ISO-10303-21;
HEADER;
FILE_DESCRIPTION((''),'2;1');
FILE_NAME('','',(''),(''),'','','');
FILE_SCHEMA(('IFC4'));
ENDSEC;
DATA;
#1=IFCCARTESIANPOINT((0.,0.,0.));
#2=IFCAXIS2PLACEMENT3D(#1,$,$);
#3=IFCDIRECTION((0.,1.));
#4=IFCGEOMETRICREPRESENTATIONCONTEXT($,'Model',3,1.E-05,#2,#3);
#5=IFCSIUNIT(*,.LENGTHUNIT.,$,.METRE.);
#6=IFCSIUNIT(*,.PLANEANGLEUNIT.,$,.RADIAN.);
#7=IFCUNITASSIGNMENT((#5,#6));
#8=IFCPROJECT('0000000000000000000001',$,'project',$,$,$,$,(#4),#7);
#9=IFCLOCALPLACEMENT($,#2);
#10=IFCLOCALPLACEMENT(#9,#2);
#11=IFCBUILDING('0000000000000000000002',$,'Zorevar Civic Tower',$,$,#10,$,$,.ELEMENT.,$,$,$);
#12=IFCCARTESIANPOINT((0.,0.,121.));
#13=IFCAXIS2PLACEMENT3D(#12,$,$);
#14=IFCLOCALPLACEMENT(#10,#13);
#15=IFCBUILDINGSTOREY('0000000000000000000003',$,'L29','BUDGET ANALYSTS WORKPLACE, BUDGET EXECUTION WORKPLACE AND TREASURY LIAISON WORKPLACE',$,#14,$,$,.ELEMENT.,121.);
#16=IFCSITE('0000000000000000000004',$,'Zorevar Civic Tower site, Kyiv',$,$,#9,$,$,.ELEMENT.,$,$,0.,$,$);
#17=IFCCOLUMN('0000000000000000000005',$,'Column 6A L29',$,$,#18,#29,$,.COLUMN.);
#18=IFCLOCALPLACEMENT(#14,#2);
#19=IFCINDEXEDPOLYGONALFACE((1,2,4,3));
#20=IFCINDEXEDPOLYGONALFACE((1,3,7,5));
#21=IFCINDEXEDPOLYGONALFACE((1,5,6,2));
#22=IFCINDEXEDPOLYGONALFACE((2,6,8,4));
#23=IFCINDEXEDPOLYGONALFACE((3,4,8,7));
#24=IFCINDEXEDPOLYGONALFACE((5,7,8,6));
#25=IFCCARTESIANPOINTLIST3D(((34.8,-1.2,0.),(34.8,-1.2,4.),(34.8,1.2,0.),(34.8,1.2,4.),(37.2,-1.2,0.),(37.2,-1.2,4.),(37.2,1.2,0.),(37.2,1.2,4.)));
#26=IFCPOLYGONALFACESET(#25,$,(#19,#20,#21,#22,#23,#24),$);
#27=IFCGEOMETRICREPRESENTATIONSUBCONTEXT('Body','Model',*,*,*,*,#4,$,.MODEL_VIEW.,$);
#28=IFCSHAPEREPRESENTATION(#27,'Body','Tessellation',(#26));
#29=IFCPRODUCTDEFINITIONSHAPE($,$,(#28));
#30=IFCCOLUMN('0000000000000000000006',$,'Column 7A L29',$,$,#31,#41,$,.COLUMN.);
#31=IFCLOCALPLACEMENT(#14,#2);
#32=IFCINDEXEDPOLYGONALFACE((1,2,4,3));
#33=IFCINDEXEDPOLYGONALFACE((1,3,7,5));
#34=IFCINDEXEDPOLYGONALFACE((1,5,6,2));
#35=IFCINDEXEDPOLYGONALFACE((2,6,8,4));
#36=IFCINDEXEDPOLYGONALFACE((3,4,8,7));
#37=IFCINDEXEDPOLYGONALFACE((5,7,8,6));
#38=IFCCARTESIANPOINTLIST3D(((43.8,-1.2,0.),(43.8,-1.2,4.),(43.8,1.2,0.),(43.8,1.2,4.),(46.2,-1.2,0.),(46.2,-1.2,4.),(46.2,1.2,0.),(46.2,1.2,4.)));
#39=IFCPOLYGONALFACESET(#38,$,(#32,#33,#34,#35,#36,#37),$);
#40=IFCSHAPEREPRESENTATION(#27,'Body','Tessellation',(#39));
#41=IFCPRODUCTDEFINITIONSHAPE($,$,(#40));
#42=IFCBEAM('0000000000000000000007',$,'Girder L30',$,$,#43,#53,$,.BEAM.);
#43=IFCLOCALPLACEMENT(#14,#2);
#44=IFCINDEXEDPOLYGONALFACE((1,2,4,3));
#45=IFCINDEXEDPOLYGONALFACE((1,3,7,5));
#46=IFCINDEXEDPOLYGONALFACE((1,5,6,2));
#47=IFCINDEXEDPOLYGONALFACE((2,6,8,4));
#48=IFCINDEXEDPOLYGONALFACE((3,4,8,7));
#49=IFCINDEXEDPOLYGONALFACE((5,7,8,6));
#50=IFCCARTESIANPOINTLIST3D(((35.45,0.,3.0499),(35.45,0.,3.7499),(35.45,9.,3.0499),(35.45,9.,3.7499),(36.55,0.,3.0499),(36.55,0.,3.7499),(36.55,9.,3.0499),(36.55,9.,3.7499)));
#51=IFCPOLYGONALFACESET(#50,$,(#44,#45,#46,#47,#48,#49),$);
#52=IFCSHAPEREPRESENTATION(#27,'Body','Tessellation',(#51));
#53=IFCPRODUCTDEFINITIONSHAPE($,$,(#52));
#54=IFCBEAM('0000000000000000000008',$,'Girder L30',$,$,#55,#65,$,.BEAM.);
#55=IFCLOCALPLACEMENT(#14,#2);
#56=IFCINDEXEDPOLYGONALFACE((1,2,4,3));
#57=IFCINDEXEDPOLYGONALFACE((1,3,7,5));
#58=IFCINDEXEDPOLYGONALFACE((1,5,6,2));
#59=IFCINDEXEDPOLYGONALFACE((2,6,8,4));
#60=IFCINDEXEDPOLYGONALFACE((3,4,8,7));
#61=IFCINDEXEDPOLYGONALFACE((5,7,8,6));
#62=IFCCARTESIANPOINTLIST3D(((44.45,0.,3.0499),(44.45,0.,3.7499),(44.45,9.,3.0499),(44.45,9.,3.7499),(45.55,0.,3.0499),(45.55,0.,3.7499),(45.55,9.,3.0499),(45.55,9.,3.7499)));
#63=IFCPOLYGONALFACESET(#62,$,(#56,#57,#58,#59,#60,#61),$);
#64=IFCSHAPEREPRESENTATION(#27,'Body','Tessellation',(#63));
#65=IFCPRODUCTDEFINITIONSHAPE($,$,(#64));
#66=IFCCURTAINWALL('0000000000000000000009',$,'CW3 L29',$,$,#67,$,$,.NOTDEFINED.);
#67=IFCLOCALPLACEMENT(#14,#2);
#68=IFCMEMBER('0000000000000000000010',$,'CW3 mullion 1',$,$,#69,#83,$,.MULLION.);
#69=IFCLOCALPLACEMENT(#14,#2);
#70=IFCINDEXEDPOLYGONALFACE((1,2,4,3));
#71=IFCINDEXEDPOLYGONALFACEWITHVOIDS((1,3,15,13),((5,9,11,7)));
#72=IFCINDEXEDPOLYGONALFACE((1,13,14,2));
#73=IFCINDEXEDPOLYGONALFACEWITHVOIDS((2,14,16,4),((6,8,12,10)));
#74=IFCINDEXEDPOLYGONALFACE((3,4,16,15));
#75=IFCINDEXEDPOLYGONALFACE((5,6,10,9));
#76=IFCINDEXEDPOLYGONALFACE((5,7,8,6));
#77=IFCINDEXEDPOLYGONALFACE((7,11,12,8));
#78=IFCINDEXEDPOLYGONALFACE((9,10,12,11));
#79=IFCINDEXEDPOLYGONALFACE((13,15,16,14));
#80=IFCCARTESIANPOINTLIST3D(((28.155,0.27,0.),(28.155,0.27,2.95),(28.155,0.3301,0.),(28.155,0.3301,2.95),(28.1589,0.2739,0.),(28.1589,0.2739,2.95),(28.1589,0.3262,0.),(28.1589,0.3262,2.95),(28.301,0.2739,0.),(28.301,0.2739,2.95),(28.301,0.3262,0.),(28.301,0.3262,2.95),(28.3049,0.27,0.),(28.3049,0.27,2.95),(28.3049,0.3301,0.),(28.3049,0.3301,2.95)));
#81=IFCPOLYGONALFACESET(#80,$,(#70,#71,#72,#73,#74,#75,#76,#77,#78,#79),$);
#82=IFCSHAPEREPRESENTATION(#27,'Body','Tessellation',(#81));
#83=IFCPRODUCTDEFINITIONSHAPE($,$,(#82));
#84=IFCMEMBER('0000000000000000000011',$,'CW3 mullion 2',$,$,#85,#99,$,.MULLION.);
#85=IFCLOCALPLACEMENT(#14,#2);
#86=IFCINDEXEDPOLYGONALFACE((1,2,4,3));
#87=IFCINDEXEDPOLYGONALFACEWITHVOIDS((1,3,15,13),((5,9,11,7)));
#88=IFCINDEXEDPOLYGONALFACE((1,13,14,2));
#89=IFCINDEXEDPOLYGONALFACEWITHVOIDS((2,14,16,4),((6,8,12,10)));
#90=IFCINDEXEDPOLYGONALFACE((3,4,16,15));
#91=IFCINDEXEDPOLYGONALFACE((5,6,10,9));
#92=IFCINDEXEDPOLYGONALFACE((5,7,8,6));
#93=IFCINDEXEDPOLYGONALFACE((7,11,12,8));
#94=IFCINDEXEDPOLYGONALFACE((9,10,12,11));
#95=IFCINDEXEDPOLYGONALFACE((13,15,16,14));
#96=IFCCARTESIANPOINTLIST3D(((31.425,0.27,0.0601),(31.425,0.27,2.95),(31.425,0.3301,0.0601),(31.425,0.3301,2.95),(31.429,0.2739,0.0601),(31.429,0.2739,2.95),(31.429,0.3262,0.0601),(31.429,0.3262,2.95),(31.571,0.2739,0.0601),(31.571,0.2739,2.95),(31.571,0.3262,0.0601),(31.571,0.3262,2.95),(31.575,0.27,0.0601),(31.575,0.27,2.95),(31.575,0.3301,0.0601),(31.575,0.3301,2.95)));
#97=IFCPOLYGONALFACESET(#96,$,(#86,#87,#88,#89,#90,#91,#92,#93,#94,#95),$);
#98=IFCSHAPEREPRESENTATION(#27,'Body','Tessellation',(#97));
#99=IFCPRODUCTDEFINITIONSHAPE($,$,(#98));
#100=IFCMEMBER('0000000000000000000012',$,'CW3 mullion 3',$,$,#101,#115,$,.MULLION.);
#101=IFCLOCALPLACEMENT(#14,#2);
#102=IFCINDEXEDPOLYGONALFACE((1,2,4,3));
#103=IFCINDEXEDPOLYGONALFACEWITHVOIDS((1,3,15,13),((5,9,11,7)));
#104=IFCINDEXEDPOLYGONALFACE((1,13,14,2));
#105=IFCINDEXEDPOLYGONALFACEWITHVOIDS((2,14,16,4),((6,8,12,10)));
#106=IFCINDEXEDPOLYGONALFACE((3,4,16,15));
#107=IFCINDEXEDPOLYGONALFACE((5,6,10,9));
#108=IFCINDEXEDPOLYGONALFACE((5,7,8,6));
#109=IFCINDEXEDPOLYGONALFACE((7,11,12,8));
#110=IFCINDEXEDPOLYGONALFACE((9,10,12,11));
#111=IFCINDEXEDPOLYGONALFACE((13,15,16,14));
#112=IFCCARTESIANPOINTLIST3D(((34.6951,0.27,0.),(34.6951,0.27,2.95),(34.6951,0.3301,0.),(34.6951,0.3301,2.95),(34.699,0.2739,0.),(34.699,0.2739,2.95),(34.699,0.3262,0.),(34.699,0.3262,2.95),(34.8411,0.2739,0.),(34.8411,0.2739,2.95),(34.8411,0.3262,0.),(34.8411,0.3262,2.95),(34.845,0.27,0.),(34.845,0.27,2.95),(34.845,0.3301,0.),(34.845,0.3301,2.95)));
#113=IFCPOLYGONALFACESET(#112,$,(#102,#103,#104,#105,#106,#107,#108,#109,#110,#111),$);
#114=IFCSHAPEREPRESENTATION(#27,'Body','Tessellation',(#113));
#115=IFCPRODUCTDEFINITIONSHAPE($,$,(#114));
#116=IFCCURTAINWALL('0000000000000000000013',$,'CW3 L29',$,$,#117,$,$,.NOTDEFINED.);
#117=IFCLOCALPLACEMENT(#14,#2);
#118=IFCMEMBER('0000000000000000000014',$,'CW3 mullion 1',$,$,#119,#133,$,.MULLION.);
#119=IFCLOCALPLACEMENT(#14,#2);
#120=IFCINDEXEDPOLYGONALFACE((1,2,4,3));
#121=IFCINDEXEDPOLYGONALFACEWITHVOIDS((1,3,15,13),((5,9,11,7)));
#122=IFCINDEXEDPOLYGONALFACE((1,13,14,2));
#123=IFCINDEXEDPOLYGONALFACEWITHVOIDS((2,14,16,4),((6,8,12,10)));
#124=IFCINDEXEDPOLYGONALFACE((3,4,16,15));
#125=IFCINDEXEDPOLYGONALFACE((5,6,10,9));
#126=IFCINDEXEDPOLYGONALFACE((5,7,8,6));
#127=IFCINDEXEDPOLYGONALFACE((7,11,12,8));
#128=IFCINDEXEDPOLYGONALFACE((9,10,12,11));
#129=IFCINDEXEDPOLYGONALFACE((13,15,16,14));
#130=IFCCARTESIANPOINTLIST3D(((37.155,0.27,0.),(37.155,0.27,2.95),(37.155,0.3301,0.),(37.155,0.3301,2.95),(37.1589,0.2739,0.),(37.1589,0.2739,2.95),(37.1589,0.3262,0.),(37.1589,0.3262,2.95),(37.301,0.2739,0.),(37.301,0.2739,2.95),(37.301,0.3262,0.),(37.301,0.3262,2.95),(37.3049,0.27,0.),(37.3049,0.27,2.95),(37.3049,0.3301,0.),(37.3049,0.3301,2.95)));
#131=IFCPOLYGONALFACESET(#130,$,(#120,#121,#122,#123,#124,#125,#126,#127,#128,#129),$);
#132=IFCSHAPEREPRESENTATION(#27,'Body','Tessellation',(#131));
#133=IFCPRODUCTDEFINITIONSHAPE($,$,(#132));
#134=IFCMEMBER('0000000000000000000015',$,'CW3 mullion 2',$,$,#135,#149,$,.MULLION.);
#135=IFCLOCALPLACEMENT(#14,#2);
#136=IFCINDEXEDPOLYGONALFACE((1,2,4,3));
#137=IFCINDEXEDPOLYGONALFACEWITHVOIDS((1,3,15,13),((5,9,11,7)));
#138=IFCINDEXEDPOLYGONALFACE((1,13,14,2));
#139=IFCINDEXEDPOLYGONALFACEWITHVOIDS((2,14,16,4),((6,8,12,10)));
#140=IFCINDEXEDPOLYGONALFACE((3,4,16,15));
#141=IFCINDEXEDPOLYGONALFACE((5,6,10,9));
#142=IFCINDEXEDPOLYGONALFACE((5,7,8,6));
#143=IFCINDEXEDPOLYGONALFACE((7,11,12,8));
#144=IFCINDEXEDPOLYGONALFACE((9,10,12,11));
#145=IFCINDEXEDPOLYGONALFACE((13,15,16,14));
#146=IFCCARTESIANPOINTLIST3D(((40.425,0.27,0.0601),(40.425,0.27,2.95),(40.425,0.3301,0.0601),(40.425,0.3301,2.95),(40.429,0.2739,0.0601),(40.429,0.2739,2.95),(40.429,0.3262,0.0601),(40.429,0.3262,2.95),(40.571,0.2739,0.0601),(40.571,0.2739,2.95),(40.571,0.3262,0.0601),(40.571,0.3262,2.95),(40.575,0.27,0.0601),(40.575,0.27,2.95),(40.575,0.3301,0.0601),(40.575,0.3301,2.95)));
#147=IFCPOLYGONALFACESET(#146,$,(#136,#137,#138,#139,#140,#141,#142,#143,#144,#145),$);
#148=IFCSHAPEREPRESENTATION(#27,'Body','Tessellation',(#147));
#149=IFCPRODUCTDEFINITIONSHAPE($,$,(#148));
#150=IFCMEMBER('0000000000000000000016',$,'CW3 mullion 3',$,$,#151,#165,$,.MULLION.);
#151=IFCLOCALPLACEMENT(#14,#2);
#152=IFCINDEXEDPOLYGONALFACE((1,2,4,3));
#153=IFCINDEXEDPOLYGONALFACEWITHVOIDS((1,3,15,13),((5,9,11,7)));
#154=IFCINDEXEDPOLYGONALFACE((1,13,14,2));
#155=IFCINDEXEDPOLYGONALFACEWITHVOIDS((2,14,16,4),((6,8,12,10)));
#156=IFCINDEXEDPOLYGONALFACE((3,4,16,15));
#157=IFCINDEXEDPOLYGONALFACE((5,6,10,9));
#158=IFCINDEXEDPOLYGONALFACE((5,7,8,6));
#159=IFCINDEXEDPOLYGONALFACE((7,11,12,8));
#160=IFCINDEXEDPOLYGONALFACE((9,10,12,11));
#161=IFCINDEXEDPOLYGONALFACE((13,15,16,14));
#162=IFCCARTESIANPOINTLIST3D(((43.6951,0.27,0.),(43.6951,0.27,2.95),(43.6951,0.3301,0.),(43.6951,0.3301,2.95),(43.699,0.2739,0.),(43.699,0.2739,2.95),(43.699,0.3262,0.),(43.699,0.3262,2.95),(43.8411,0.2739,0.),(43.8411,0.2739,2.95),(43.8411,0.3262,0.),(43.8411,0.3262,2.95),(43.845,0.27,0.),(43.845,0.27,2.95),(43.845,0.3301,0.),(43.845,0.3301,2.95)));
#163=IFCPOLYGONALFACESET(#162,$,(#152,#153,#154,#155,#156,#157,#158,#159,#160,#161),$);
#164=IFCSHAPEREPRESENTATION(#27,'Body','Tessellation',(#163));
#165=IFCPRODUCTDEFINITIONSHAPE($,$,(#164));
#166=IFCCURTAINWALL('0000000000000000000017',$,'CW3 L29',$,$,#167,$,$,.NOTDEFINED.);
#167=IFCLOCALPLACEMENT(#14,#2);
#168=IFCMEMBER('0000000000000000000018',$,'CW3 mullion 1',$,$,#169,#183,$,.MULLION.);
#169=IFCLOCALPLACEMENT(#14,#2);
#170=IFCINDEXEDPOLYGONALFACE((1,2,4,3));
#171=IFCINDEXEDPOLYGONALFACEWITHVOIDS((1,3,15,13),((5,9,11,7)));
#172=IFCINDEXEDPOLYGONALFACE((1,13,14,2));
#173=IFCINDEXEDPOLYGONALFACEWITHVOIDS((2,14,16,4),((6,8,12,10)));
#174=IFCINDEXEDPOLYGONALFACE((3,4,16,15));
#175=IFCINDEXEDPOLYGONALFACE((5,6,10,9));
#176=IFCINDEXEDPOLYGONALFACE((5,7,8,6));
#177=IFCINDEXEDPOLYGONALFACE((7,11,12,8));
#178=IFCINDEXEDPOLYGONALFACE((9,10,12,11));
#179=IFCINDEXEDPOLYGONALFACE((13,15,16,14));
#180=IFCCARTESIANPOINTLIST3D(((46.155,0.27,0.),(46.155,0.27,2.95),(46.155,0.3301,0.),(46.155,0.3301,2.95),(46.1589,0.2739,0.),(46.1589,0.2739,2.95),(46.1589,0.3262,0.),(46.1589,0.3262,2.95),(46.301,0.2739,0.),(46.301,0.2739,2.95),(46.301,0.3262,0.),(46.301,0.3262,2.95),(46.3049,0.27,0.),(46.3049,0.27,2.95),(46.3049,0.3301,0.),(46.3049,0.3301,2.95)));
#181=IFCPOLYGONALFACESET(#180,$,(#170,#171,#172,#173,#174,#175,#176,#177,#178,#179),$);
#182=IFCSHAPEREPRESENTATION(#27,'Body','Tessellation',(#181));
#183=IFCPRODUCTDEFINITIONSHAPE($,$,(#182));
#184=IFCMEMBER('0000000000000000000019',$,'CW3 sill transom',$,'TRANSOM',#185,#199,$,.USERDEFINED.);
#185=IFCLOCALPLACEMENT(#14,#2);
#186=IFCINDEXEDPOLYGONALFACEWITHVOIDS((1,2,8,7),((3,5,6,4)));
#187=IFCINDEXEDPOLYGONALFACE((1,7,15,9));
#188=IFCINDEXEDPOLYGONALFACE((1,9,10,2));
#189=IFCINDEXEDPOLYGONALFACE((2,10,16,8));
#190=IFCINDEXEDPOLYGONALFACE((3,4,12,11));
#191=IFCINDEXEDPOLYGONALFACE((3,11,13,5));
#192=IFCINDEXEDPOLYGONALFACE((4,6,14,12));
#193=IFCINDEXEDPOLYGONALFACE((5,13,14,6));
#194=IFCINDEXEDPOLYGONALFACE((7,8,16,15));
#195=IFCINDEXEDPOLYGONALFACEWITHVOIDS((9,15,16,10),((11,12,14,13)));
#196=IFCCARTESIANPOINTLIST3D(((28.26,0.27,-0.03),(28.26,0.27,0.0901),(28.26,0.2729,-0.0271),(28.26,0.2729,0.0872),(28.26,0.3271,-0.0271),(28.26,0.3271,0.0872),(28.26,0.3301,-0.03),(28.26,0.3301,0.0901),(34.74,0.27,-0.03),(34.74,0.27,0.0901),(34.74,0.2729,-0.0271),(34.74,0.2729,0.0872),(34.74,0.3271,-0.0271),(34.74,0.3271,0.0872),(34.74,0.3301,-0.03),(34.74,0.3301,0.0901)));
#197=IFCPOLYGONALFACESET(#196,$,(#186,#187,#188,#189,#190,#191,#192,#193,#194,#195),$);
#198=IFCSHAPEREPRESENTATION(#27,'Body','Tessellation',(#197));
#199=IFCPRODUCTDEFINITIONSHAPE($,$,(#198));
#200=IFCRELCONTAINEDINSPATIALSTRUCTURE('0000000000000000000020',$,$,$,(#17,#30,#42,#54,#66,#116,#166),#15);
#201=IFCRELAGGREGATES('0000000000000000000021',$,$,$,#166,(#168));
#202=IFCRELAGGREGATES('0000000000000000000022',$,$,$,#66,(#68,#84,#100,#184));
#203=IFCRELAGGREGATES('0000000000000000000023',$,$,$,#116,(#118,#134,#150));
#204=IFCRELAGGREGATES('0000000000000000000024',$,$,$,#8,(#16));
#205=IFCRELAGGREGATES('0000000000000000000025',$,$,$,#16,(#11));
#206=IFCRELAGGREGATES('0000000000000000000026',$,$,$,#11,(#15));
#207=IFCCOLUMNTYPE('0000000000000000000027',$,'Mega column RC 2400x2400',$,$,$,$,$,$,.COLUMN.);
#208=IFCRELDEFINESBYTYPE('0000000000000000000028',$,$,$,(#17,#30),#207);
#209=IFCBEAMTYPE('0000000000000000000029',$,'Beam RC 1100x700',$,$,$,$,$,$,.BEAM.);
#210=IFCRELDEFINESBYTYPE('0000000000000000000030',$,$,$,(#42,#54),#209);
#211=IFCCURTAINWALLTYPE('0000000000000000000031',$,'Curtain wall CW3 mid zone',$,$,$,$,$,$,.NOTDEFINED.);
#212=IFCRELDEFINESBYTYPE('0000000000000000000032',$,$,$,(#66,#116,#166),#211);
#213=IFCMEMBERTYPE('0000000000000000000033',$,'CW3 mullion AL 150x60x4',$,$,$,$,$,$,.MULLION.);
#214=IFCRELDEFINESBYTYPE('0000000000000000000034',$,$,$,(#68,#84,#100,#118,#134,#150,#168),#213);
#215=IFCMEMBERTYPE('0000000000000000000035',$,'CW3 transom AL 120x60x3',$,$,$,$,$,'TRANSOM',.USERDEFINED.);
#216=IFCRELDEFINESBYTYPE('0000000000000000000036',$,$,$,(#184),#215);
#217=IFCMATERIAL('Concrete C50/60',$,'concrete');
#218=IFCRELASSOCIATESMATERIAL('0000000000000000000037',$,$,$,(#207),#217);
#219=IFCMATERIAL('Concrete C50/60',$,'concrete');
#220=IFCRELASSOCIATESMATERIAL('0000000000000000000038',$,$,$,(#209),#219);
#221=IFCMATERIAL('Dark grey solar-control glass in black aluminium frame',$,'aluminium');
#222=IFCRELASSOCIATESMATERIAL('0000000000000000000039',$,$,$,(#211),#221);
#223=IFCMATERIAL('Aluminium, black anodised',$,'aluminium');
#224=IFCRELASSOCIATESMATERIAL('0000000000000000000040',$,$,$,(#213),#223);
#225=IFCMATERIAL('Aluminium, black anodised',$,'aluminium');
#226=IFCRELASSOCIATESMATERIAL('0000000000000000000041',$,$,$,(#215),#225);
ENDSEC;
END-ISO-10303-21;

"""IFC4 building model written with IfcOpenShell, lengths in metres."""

from ifc_helpers import new_model, si_unit, direction, frame, origin, origin_2d, place, context, subcontext, project, spatial, rectangle, hollow_rectangle, extrude, material, material_profile, profile_set, type_object, element, aggregate, save


model = new_model("IFC4")

# Units and contexts
model_context = context("Model", 3, precision=1e-05, world=origin(), true_north=direction((0.0, 1.0)))
body_context = subcontext(model_context, "Body", "Model", "MODEL_VIEW")
ifc_project = project(units=[si_unit("LENGTHUNIT", "METRE"), si_unit("PLANEANGLEUNIT", "RADIAN")], contexts=[model_context])

# Site, building, storey
site_placement = place(None, origin())
site = spatial("IfcSite", under=ifc_project, at=site_placement, Name="Zorevar Civic Tower site, Kyiv", CompositionType="ELEMENT", RefElevation=0.0)
building_placement = place(site_placement, origin())
building = spatial("IfcBuilding", under=site, at=building_placement, Name="Zorevar Civic Tower", CompositionType="ELEMENT")
storey_placement = place(building_placement, frame((0.0, 0.0, 121.0)))
storey = spatial("IfcBuildingStorey", under=building, at=storey_placement, Name="L29", Description="BUDGET ANALYSTS WORKPLACE, BUDGET EXECUTION WORKPLACE AND TREASURY LIAISON WORKPLACE", CompositionType="ELEMENT", Elevation=121.0)

# Columns
ifc_material_1 = material(Name="Concrete C50/60", Category="concrete")
ifc_material_profile_1 = material_profile(ifc_material_1, rectangle(XDim=2.3999, YDim=2.3999, at=origin_2d()), Name="RC 2400x2400")
ifc_profile_set_1 = profile_set([ifc_material_profile_1], Name="Concrete C50/60")
column_type = type_object("IfcColumnType", Name="Mega column RC 2400x2400", PredefinedType="COLUMN", material=ifc_profile_set_1)
for number, where, z_axis, x_axis, name in (
    (1, (36.0, 0.0, 0.0), (0.0, 0.0, 1.0), (1.0, 0.0, 0.0), "Column 6A L29"),
    (2, (45.0, 0.0, 0.0), (0.0, 0.0, 1.0), (1.0, 0.0, 0.0), "Column 7A L29"),
):
    element("IfcColumn", number, at=place(storey_placement, frame(where, z_axis=z_axis, x_axis=x_axis)), inside=storey, type_object=column_type, Name=name, PredefinedType="COLUMN", context=body_context, shape_type="SweptSolid", body=[
        extrude(rectangle(XDim=2.3999, YDim=2.3999, at=origin_2d()), origin(), (0.0, 0.0, 1.0), 4.0),
    ])

# Beams
ifc_material_2 = material(Name="Concrete C50/60", Category="concrete")
ifc_material_profile_2 = material_profile(ifc_material_2, rectangle(XDim=1.1001, YDim=0.7, at=origin_2d()), Name="RC 1100x700")
ifc_profile_set_2 = profile_set([ifc_material_profile_2], Name="Concrete C50/60")
beam_type_1 = type_object("IfcBeamType", Name="Beam RC 1100x700", PredefinedType="BEAM", material=ifc_profile_set_2)
for number, where, z_axis, x_axis, name in (
    (3, (36.0, 0.0, 3.3999), (0.0, 1.0, 0.0), (-1.0, 0.0, 0.0), "Girder L30"),
    (4, (45.0, 0.0, 3.3999), (0.0, 1.0, 0.0), (-1.0, 0.0, 0.0), "Girder L30"),
):
    element("IfcBeam", number, at=place(storey_placement, frame(where, z_axis=z_axis, x_axis=x_axis)), inside=storey, type_object=beam_type_1, Name=name, PredefinedType="BEAM", context=body_context, shape_type="SweptSolid", body=[
        extrude(rectangle(XDim=1.1001, YDim=0.7, at=origin_2d()), origin(), (0.0, 0.0, 1.0), 9.0),
    ])

# Curtain walls, members
ifc_material_3 = material(Name="Dark grey solar-control glass in black aluminium frame", Category="aluminium")
curtain_wall_type = type_object("IfcCurtainWallType", Name="Curtain wall CW3 mid zone", PredefinedType="NOTDEFINED", material=ifc_material_3)
curtain_wall_1_placement = place(storey_placement, origin())
curtain_wall_1 = element("IfcCurtainWall", 5, at=curtain_wall_1_placement, inside=storey, type_object=curtain_wall_type, Name="CW3 L29", PredefinedType="NOTDEFINED")
ifc_material_4 = material(Name="Aluminium, black anodised", Category="aluminium")
ifc_material_profile_3 = material_profile(ifc_material_4, hollow_rectangle(XDim=0.0601, YDim=0.1499, WallThickness=0.0039, at=origin_2d()), Name="AL 150x60x4")
ifc_profile_set_3 = profile_set([ifc_material_profile_3], Name="Aluminium, black anodised")
member_type_1 = type_object("IfcMemberType", Name="CW3 mullion AL 150x60x4", PredefinedType="MULLION", material=ifc_profile_set_3)
member_1_placement = place(storey_placement, frame((28.23, 0.3, 0.0), z_axis=(0.0, 0.0, 1.0), x_axis=(0.0, 1.0, 0.0)))
member_1 = element("IfcMember", 6, at=member_1_placement, type_object=member_type_1, Name="CW3 mullion 1", PredefinedType="MULLION", context=body_context, shape_type="SweptSolid", body=[
    extrude(hollow_rectangle(XDim=0.0601, YDim=0.1499, WallThickness=0.0039, at=origin_2d()), origin(), (0.0, 0.0, 1.0), 2.95),
])
member_2_placement = place(storey_placement, frame((31.5, 0.3, 0.0601), z_axis=(0.0, 0.0, 1.0), x_axis=(0.0, 1.0, 0.0)))
member_2 = element("IfcMember", 7, at=member_2_placement, type_object=member_type_1, Name="CW3 mullion 2", PredefinedType="MULLION", context=body_context, shape_type="SweptSolid", body=[
    extrude(hollow_rectangle(XDim=0.0601, YDim=0.1499, WallThickness=0.0039, at=origin_2d()), origin(), (0.0, 0.0, 1.0), 2.8899),
])
member_3_placement = place(storey_placement, frame((34.77, 0.3, 0.0), z_axis=(0.0, 0.0, 1.0), x_axis=(0.0, 1.0, 0.0)))
member_3 = element("IfcMember", 8, at=member_3_placement, type_object=member_type_1, Name="CW3 mullion 3", PredefinedType="MULLION", context=body_context, shape_type="SweptSolid", body=[
    extrude(hollow_rectangle(XDim=0.0601, YDim=0.1499, WallThickness=0.0039, at=origin_2d()), origin(), (0.0, 0.0, 1.0), 2.95),
])
curtain_wall_2_placement = place(storey_placement, origin())
curtain_wall_2 = element("IfcCurtainWall", 9, at=curtain_wall_2_placement, inside=storey, type_object=curtain_wall_type, Name="CW3 L29", PredefinedType="NOTDEFINED")
member_4_placement = place(storey_placement, frame((37.23, 0.3, 0.0), z_axis=(0.0, 0.0, 1.0), x_axis=(0.0, 1.0, 0.0)))
member_4 = element("IfcMember", 10, at=member_4_placement, type_object=member_type_1, Name="CW3 mullion 1", PredefinedType="MULLION", context=body_context, shape_type="SweptSolid", body=[
    extrude(hollow_rectangle(XDim=0.0601, YDim=0.1499, WallThickness=0.0039, at=origin_2d()), origin(), (0.0, 0.0, 1.0), 2.95),
])
member_5_placement = place(storey_placement, frame((40.5, 0.3, 0.0601), z_axis=(0.0, 0.0, 1.0), x_axis=(0.0, 1.0, 0.0)))
member_5 = element("IfcMember", 11, at=member_5_placement, type_object=member_type_1, Name="CW3 mullion 2", PredefinedType="MULLION", context=body_context, shape_type="SweptSolid", body=[
    extrude(hollow_rectangle(XDim=0.0601, YDim=0.1499, WallThickness=0.0039, at=origin_2d()), origin(), (0.0, 0.0, 1.0), 2.8899),
])
member_6_placement = place(storey_placement, frame((43.77, 0.3, 0.0), z_axis=(0.0, 0.0, 1.0), x_axis=(0.0, 1.0, 0.0)))
member_6 = element("IfcMember", 12, at=member_6_placement, type_object=member_type_1, Name="CW3 mullion 3", PredefinedType="MULLION", context=body_context, shape_type="SweptSolid", body=[
    extrude(hollow_rectangle(XDim=0.0601, YDim=0.1499, WallThickness=0.0039, at=origin_2d()), origin(), (0.0, 0.0, 1.0), 2.95),
])

# Curtain wall, member
curtain_wall_3_placement = place(storey_placement, origin())
curtain_wall_3 = element("IfcCurtainWall", 13, at=curtain_wall_3_placement, inside=storey, type_object=curtain_wall_type, Name="CW3 L29", PredefinedType="NOTDEFINED")
member_7_placement = place(storey_placement, frame((46.23, 0.3, 0.0), z_axis=(0.0, 0.0, 1.0), x_axis=(0.0, 1.0, 0.0)))
member_7 = element("IfcMember", 14, at=member_7_placement, type_object=member_type_1, Name="CW3 mullion 1", PredefinedType="MULLION", context=body_context, shape_type="SweptSolid", body=[
    extrude(hollow_rectangle(XDim=0.0601, YDim=0.1499, WallThickness=0.0039, at=origin_2d()), origin(), (0.0, 0.0, 1.0), 2.95),
])

# Member
ifc_material_5 = material(Name="Aluminium, black anodised", Category="aluminium")
ifc_material_profile_4 = material_profile(ifc_material_5, hollow_rectangle(XDim=0.0601, YDim=0.1201, WallThickness=0.0029, at=origin_2d()), Name="AL 120x60x3")
ifc_profile_set_4 = profile_set([ifc_material_profile_4], Name="Aluminium, black anodised")
member_type_2 = type_object("IfcMemberType", Name="CW3 transom AL 120x60x3", ElementType="TRANSOM", PredefinedType="USERDEFINED", material=ifc_profile_set_4)
member_8_placement = place(storey_placement, frame((28.26, 0.3, 0.03), z_axis=(1.0, 0.0, 0.0), x_axis=(0.0, 1.0, 0.0)))
member_8 = element("IfcMember", 15, at=member_8_placement, type_object=member_type_2, Name="CW3 sill transom", ObjectType="TRANSOM", PredefinedType="USERDEFINED", context=body_context, shape_type="SweptSolid", body=[
    extrude(hollow_rectangle(XDim=0.0601, YDim=0.1201, WallThickness=0.0029, at=origin_2d()), origin(), (0.0, 0.0, 1.0), 6.48),
])
aggregate(curtain_wall_3, [member_7])

aggregate(curtain_wall_1, [member_1, member_2, member_3, member_8])
aggregate(curtain_wall_2, [member_4, member_5, member_6])

save(model, "model.ifc")
